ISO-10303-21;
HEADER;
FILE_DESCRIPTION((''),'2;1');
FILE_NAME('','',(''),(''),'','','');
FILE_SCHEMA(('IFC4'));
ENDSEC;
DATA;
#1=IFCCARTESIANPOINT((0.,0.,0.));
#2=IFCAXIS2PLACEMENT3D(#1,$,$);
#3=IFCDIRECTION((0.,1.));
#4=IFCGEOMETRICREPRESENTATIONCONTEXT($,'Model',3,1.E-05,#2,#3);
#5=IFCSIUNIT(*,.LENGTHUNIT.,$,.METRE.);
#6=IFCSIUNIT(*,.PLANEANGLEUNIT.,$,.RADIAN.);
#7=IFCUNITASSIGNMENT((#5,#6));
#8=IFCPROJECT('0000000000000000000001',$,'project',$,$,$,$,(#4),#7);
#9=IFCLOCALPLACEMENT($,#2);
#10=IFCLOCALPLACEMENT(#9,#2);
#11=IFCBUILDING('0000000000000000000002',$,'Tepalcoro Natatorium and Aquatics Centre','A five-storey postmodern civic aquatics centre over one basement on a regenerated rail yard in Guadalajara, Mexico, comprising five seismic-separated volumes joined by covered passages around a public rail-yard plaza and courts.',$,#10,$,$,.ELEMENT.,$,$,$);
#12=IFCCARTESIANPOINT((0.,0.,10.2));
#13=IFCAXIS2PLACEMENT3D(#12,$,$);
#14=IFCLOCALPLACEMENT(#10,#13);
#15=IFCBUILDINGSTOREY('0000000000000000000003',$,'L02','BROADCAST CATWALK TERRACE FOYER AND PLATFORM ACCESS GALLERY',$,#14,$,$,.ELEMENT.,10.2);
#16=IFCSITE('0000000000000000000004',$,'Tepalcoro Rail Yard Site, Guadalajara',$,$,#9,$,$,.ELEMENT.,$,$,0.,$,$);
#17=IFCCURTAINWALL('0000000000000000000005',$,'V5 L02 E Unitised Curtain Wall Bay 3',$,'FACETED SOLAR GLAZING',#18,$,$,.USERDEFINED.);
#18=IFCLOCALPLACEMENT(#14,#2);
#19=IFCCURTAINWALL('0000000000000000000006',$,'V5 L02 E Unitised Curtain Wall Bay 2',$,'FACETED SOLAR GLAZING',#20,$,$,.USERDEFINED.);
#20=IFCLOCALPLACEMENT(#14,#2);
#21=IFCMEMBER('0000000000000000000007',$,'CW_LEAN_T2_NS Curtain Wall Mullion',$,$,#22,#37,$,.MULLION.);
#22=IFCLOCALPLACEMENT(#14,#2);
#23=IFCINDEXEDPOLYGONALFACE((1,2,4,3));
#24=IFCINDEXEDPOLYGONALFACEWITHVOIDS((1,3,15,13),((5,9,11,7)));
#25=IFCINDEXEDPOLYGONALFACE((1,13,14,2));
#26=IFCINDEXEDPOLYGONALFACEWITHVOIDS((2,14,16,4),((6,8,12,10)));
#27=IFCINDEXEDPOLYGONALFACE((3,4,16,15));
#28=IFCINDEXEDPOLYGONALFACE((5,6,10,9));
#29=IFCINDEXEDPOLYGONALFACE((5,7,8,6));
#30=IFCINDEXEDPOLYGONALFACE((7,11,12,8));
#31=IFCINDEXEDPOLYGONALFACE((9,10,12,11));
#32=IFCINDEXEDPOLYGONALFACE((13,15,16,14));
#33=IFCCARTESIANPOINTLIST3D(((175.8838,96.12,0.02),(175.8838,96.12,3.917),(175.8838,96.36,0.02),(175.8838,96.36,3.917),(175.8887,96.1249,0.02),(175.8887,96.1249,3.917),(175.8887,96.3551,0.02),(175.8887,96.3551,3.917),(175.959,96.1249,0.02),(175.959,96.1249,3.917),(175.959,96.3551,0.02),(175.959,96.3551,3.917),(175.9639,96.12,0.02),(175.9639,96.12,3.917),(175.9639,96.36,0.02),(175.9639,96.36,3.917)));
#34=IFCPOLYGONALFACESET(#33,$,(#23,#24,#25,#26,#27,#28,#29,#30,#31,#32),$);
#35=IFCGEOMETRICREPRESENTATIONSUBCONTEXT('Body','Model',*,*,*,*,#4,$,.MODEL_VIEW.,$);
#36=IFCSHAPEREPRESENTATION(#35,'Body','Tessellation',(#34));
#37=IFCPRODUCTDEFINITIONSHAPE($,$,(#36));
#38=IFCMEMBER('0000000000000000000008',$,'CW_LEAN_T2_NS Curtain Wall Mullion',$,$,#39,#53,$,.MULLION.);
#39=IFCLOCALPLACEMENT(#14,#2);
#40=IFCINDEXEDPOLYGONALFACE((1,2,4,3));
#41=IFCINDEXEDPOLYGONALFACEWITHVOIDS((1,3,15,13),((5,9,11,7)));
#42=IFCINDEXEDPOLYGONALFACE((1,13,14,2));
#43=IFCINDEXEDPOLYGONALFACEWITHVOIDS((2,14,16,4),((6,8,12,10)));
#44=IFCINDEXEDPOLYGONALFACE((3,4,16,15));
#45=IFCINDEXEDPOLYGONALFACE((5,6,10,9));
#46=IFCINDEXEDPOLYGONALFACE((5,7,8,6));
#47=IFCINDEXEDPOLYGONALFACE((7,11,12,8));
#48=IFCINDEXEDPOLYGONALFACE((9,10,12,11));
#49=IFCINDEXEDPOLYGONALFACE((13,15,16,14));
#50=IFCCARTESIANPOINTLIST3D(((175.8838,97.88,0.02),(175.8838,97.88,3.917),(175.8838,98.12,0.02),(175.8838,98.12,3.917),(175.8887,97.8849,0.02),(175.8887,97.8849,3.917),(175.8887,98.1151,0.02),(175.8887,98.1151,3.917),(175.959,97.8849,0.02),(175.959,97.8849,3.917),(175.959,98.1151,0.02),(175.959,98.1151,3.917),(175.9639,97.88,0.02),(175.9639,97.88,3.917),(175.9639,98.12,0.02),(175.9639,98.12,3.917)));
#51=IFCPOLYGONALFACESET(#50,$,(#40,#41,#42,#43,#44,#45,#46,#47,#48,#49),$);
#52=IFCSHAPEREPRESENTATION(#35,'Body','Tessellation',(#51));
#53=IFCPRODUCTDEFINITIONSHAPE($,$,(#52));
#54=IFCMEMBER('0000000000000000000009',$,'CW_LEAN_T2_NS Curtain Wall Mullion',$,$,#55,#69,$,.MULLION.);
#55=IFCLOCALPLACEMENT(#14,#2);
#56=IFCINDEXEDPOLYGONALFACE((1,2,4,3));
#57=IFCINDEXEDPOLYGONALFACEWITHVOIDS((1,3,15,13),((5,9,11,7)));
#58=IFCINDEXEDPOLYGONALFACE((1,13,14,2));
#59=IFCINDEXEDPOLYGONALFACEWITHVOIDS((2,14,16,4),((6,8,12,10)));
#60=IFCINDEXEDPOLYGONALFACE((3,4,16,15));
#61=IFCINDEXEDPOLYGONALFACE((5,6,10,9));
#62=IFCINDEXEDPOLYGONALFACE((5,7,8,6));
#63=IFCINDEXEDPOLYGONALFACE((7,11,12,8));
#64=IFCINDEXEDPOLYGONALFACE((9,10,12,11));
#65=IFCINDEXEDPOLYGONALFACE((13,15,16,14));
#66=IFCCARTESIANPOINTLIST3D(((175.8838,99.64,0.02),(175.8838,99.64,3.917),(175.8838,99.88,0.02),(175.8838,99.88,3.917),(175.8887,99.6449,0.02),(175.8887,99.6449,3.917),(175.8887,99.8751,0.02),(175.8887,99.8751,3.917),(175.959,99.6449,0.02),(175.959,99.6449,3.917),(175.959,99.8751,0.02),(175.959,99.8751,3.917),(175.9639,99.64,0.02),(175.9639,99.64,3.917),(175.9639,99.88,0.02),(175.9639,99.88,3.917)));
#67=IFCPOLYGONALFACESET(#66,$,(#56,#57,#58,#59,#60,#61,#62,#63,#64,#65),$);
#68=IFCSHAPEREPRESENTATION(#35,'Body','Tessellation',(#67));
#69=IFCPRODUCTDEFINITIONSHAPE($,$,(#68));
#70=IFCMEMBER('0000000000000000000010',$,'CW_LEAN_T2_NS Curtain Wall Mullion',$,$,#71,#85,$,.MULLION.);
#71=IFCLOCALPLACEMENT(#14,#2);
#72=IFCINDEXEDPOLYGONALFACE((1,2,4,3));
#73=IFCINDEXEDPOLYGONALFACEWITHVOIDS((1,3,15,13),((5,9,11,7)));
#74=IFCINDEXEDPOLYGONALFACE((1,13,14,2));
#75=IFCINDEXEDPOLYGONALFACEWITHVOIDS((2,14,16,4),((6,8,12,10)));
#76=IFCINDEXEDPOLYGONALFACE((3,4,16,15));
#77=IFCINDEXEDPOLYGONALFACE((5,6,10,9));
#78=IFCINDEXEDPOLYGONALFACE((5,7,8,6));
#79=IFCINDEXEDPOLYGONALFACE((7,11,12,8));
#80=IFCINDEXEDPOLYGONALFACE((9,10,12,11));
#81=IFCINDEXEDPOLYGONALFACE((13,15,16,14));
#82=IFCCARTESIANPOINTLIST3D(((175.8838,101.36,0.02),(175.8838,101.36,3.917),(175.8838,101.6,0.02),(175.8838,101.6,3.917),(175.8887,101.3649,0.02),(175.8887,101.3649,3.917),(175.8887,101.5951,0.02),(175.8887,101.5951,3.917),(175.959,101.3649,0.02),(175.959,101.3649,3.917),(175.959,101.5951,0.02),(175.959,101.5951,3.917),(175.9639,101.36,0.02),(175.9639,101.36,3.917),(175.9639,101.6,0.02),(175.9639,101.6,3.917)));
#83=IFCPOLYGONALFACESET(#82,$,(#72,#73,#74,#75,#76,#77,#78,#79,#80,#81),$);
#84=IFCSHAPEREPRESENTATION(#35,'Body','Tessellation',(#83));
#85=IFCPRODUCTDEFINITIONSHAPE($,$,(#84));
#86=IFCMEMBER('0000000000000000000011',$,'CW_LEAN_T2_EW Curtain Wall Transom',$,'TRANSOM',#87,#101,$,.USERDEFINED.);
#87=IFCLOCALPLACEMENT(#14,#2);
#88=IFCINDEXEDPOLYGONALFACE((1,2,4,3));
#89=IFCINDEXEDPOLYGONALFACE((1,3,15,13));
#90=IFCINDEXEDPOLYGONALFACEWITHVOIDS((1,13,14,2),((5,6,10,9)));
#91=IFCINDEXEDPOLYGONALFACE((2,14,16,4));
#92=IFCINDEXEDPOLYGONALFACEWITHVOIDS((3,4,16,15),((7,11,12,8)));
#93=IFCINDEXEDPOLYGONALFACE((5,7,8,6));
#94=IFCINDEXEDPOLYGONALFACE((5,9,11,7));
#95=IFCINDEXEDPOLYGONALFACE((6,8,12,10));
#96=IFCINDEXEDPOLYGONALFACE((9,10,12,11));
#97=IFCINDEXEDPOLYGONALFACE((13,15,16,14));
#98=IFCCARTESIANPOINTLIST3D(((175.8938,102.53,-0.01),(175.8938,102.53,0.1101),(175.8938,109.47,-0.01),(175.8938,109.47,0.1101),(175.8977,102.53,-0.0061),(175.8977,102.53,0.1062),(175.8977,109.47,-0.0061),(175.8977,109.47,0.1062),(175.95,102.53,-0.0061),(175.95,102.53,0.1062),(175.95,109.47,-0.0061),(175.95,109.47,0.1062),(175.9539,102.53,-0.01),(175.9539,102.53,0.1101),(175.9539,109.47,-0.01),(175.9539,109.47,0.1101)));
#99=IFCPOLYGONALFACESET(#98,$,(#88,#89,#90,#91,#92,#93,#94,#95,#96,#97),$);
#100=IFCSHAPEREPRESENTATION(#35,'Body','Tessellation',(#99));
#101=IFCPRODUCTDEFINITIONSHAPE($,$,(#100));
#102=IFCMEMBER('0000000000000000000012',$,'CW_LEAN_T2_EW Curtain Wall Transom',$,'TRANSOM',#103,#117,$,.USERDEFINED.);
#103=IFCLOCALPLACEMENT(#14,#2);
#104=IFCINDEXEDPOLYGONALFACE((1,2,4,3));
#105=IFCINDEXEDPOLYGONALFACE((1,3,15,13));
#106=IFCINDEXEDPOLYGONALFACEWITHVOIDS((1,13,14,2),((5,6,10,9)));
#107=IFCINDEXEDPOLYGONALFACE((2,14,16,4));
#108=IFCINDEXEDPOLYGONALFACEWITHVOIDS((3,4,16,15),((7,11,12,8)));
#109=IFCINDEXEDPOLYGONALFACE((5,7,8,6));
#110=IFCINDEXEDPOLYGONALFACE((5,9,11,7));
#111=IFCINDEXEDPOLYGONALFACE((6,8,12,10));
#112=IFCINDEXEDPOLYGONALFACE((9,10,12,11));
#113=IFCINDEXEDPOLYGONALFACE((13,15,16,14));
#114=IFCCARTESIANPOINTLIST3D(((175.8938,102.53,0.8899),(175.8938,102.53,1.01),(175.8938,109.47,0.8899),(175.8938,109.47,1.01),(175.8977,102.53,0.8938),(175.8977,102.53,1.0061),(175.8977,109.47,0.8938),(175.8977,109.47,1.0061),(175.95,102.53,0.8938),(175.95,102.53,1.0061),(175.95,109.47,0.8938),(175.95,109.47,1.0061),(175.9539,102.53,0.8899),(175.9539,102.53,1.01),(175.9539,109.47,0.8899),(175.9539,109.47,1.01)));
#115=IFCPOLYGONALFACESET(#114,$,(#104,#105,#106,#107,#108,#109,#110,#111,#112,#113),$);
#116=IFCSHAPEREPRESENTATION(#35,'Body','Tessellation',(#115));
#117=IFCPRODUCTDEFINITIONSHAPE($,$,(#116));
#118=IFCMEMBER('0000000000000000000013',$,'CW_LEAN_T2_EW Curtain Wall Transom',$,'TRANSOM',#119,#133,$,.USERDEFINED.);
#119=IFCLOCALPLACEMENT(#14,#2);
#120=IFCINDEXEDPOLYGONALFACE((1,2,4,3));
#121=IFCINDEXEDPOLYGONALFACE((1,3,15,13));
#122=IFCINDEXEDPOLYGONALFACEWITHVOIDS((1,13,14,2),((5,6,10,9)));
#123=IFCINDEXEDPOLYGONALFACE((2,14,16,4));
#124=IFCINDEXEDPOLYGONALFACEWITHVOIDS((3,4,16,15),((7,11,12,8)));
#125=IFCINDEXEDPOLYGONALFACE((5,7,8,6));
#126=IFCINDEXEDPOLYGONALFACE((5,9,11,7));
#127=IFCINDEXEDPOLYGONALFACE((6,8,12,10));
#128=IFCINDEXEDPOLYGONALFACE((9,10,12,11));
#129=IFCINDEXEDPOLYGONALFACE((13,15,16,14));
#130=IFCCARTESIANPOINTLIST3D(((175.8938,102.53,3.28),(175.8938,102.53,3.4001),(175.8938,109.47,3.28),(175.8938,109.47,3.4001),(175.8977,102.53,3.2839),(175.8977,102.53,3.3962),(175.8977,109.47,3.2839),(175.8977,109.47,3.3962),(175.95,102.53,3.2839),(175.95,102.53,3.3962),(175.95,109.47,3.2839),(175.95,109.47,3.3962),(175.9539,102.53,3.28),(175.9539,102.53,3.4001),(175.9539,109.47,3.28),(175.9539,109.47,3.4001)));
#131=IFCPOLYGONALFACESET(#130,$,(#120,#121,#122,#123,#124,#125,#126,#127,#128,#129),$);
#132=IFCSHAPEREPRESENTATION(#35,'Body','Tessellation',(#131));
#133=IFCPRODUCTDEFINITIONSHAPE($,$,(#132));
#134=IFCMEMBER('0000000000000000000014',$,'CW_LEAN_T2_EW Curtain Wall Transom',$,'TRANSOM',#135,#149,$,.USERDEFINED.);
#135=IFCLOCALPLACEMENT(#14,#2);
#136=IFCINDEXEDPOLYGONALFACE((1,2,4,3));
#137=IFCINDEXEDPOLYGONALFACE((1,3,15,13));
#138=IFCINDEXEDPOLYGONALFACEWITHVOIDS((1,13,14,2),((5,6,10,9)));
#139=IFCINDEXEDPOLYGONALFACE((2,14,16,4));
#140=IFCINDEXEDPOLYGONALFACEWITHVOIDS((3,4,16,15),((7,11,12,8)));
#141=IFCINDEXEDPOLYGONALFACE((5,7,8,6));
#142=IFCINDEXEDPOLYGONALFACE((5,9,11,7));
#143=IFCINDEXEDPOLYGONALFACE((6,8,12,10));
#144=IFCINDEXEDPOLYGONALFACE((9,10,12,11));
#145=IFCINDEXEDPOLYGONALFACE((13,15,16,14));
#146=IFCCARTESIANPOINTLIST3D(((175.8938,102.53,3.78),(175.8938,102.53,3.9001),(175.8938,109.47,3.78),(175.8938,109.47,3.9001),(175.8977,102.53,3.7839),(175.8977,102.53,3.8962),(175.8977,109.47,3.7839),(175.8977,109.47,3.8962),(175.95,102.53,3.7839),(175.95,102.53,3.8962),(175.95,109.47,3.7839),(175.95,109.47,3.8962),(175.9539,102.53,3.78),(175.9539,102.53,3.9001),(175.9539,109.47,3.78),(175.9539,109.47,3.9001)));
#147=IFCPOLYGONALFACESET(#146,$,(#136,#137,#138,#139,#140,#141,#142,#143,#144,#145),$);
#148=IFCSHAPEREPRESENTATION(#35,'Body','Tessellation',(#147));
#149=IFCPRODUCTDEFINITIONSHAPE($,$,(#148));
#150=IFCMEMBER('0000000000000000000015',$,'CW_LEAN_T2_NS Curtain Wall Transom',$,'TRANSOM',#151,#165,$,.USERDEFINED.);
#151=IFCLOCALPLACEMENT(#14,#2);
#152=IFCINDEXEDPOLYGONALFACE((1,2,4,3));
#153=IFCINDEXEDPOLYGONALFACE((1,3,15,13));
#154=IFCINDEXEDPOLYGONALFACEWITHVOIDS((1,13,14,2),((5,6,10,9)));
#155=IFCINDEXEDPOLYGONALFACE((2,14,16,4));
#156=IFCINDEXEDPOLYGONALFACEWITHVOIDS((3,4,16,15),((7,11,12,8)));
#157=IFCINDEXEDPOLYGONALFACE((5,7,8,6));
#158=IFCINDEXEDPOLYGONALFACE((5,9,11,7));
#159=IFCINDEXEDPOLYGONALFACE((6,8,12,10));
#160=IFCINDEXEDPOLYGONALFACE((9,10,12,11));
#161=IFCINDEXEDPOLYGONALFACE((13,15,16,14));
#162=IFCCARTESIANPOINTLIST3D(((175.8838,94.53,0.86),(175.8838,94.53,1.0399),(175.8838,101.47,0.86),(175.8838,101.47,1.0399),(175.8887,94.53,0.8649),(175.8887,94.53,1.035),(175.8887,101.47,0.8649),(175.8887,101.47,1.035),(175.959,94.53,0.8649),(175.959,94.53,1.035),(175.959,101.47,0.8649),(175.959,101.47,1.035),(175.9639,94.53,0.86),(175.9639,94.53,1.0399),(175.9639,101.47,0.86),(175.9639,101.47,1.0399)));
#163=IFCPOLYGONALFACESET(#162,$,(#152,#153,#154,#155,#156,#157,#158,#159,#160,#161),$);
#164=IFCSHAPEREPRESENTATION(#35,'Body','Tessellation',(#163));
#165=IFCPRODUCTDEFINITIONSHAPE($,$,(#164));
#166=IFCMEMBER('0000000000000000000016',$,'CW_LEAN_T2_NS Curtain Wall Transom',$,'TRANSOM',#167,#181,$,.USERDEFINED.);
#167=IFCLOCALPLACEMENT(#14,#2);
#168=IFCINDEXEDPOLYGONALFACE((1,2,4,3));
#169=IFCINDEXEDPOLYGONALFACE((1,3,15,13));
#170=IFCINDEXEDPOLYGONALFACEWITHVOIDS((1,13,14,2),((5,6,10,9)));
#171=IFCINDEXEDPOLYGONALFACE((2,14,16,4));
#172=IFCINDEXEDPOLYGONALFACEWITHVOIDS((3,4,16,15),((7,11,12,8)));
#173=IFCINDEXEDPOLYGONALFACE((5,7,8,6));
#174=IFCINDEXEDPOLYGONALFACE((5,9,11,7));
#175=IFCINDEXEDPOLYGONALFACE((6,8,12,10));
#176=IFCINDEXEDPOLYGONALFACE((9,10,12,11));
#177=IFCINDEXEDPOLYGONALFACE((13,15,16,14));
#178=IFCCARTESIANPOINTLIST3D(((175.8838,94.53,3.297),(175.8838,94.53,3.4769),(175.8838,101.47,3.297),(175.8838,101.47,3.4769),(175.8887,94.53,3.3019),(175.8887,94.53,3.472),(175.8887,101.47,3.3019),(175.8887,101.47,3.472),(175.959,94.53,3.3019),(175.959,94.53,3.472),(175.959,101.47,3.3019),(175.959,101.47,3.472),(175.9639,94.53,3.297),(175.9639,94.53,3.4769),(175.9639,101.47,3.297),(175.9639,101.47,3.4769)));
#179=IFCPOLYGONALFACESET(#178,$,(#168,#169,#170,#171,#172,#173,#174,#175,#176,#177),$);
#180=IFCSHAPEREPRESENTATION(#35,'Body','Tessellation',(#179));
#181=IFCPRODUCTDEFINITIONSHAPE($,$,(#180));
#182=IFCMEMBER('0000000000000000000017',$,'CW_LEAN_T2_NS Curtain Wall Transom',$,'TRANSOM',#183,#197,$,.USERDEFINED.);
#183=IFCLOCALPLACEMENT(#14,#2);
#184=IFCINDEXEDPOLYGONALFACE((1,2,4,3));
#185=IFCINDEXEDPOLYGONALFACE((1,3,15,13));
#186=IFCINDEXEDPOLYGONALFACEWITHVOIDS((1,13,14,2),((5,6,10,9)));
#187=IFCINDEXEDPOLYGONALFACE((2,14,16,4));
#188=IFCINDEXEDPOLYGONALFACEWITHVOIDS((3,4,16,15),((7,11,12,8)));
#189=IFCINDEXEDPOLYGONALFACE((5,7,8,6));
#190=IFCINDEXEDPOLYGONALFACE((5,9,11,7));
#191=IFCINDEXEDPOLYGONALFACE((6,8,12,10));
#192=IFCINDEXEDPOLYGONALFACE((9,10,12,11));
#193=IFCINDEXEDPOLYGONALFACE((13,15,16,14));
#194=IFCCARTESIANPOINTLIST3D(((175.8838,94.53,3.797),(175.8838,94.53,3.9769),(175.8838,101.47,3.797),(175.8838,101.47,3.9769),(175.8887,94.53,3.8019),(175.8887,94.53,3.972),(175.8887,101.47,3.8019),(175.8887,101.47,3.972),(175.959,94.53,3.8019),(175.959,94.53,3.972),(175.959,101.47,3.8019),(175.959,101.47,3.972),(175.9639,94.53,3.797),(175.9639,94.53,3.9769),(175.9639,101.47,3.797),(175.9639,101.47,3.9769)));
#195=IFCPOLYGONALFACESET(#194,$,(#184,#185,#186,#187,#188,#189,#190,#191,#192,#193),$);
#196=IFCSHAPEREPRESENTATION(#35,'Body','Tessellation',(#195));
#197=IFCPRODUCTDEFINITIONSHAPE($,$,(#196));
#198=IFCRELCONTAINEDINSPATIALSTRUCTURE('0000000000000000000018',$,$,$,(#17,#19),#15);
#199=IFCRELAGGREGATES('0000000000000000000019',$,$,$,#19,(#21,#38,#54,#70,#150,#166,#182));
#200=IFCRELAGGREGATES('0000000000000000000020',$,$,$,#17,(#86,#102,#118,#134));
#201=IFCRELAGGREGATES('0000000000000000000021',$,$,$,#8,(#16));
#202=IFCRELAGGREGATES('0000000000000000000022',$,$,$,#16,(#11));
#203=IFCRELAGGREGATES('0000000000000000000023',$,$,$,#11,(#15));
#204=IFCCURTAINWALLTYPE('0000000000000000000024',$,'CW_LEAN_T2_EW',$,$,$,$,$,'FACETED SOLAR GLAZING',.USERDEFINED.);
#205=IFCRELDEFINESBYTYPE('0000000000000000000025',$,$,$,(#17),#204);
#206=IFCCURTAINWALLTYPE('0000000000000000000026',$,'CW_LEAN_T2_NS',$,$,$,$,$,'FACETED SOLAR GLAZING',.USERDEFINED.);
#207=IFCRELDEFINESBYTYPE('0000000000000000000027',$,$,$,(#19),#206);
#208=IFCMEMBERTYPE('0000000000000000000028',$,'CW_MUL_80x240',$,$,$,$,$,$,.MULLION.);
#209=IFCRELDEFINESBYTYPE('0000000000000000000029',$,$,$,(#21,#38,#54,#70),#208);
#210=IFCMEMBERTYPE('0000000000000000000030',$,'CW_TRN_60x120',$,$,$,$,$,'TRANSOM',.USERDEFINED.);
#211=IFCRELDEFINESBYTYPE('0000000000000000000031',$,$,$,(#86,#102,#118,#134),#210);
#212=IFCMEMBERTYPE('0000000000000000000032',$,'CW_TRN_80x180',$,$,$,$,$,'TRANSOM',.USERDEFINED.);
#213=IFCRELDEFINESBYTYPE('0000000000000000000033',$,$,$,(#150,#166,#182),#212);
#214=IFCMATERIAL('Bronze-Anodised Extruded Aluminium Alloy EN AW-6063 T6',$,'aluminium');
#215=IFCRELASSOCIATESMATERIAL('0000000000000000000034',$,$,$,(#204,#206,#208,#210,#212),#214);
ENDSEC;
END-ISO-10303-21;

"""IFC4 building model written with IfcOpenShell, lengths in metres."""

from ifc_helpers import new_model, si_unit, direction, frame, origin, origin_2d, place, context, subcontext, project, spatial, hollow_rectangle, extrude, material, material_profile, profile_set, type_object, element, aggregate, save


model = new_model("IFC4")

# Units and contexts
model_context = context("Model", 3, precision=1e-05, world=origin(), true_north=direction((0.0, 1.0)))
body_context = subcontext(model_context, "Body", "Model", "MODEL_VIEW")
ifc_project = project(units=[si_unit("LENGTHUNIT", "METRE"), si_unit("PLANEANGLEUNIT", "RADIAN")], contexts=[model_context])

# Site, building, storey
site_placement = place(None, origin())
site = spatial("IfcSite", under=ifc_project, at=site_placement, Name="Tepalcoro Rail Yard Site, Guadalajara", CompositionType="ELEMENT", RefElevation=0.0)
building_placement = place(site_placement, origin())
building = spatial("IfcBuilding", under=site, at=building_placement, Name="Tepalcoro Natatorium and Aquatics Centre", Description="A five-storey postmodern civic aquatics centre over one basement on a regenerated rail yard in Guadalajara, Mexico, comprising five seismic-separated volumes joined by covered passages around a public rail-yard plaza and courts.", CompositionType="ELEMENT")
storey_placement = place(building_placement, frame((0.0, 0.0, 10.2)))
storey = spatial("IfcBuildingStorey", under=building, at=storey_placement, Name="L02", Description="BROADCAST CATWALK TERRACE FOYER AND PLATFORM ACCESS GALLERY", CompositionType="ELEMENT", Elevation=10.2)

# Curtain walls, members
ifc_material_1 = material(Name="Bronze-Anodised Extruded Aluminium Alloy EN AW-6063 T6", Category="aluminium")
curtain_wall_type_1 = type_object("IfcCurtainWallType", Name="CW_LEAN_T2_EW", ElementType="FACETED SOLAR GLAZING", PredefinedType="USERDEFINED", material=ifc_material_1)
curtain_wall_1_placement = place(storey_placement, origin())
curtain_wall_1 = element("IfcCurtainWall", 1, at=curtain_wall_1_placement, inside=storey, type_object=curtain_wall_type_1, Name="V5 L02 E Unitised Curtain Wall Bay 3", ObjectType="FACETED SOLAR GLAZING", PredefinedType="USERDEFINED")
curtain_wall_type_2 = type_object("IfcCurtainWallType", Name="CW_LEAN_T2_NS", ElementType="FACETED SOLAR GLAZING", PredefinedType="USERDEFINED", material=ifc_material_1)
curtain_wall_2_placement = place(storey_placement, origin())
curtain_wall_2 = element("IfcCurtainWall", 2, at=curtain_wall_2_placement, inside=storey, type_object=curtain_wall_type_2, Name="V5 L02 E Unitised Curtain Wall Bay 2", ObjectType="FACETED SOLAR GLAZING", PredefinedType="USERDEFINED")
ifc_material_profile_1 = material_profile(ifc_material_1, hollow_rectangle(XDim=0.0801, YDim=0.24, WallThickness=0.0049, at=origin_2d()), Name="AL80X240X5")
ifc_profile_set_1 = profile_set([ifc_material_profile_1], Name="Bronze-Anodised Extruded Aluminium Alloy EN AW-6063 T6")
member_type_1 = type_object("IfcMemberType", Name="CW_MUL_80x240", PredefinedType="MULLION", material=ifc_profile_set_1)
member_1_placement = place(storey_placement, frame((175.9238, 96.24, 0.02), z_axis=(0.0, 0.0, 1.0), x_axis=(1.0, 0.0, 0.0)))
member_1 = element("IfcMember", 3, at=member_1_placement, type_object=member_type_1, Name="CW_LEAN_T2_NS Curtain Wall Mullion", PredefinedType="MULLION", context=body_context, shape_type="SweptSolid", body=[
    extrude(hollow_rectangle(XDim=0.0801, YDim=0.24, WallThickness=0.0049, at=origin_2d()), origin(), (0.0, 0.0, 1.0), 3.897),
])
member_2_placement = place(storey_placement, frame((175.9238, 98.0, 0.02), z_axis=(0.0, 0.0, 1.0), x_axis=(1.0, 0.0, 0.0)))
member_2 = element("IfcMember", 4, at=member_2_placement, type_object=member_type_1, Name="CW_LEAN_T2_NS Curtain Wall Mullion", PredefinedType="MULLION", context=body_context, shape_type="SweptSolid", body=[
    extrude(hollow_rectangle(XDim=0.0801, YDim=0.24, WallThickness=0.0049, at=origin_2d()), origin(), (0.0, 0.0, 1.0), 3.897),
])
member_3_placement = place(storey_placement, frame((175.9238, 99.76, 0.02), z_axis=(0.0, 0.0, 1.0), x_axis=(1.0, 0.0, 0.0)))
member_3 = element("IfcMember", 5, at=member_3_placement, type_object=member_type_1, Name="CW_LEAN_T2_NS Curtain Wall Mullion", PredefinedType="MULLION", context=body_context, shape_type="SweptSolid", body=[
    extrude(hollow_rectangle(XDim=0.0801, YDim=0.24, WallThickness=0.0049, at=origin_2d()), origin(), (0.0, 0.0, 1.0), 3.897),
])
member_4_placement = place(storey_placement, frame((175.9238, 101.48, 0.02), z_axis=(0.0, 0.0, 1.0), x_axis=(1.0, 0.0, 0.0)))
member_4 = element("IfcMember", 6, at=member_4_placement, type_object=member_type_1, Name="CW_LEAN_T2_NS Curtain Wall Mullion", PredefinedType="MULLION", context=body_context, shape_type="SweptSolid", body=[
    extrude(hollow_rectangle(XDim=0.0801, YDim=0.24, WallThickness=0.0049, at=origin_2d()), origin(), (0.0, 0.0, 1.0), 3.897),
])

# Members
ifc_material_profile_2 = material_profile(ifc_material_1, hollow_rectangle(XDim=0.0601, YDim=0.1201, WallThickness=0.0039, at=origin_2d()), Name="AL60X120X4")
ifc_profile_set_2 = profile_set([ifc_material_profile_2], Name="Bronze-Anodised Extruded Aluminium Alloy EN AW-6063 T6")
member_type_2 = type_object("IfcMemberType", Name="CW_TRN_60x120", ElementType="TRANSOM", PredefinedType="USERDEFINED", material=ifc_profile_set_2)
member_5_placement = place(storey_placement, frame((175.9238, 102.53, 0.05), z_axis=(0.0, 1.0, 0.0), x_axis=(-1.0, 0.0, 0.0)))
member_5 = element("IfcMember", 7, at=member_5_placement, type_object=member_type_2, Name="CW_LEAN_T2_EW Curtain Wall Transom", ObjectType="TRANSOM", PredefinedType="USERDEFINED", context=body_context, shape_type="SweptSolid", body=[
    extrude(hollow_rectangle(XDim=0.0601, YDim=0.1201, WallThickness=0.0039, at=origin_2d()), origin(), (0.0, 0.0, 1.0), 6.9399),
])
member_6_placement = place(storey_placement, frame((175.9238, 102.53, 0.95), z_axis=(0.0, 1.0, 0.0), x_axis=(-1.0, 0.0, 0.0)))
member_6 = element("IfcMember", 8, at=member_6_placement, type_object=member_type_2, Name="CW_LEAN_T2_EW Curtain Wall Transom", ObjectType="TRANSOM", PredefinedType="USERDEFINED", context=body_context, shape_type="SweptSolid", body=[
    extrude(hollow_rectangle(XDim=0.0601, YDim=0.1201, WallThickness=0.0039, at=origin_2d()), origin(), (0.0, 0.0, 1.0), 6.9399),
])
member_7_placement = place(storey_placement, frame((175.9238, 102.53, 3.3401), z_axis=(0.0, 1.0, 0.0), x_axis=(-1.0, 0.0, 0.0)))
member_7 = element("IfcMember", 9, at=member_7_placement, type_object=member_type_2, Name="CW_LEAN_T2_EW Curtain Wall Transom", ObjectType="TRANSOM", PredefinedType="USERDEFINED", context=body_context, shape_type="SweptSolid", body=[
    extrude(hollow_rectangle(XDim=0.0601, YDim=0.1201, WallThickness=0.0039, at=origin_2d()), origin(), (0.0, 0.0, 1.0), 6.9399),
])
member_8_placement = place(storey_placement, frame((175.9238, 102.53, 3.8401), z_axis=(0.0, 1.0, 0.0), x_axis=(-1.0, 0.0, 0.0)))
member_8 = element("IfcMember", 10, at=member_8_placement, type_object=member_type_2, Name="CW_LEAN_T2_EW Curtain Wall Transom", ObjectType="TRANSOM", PredefinedType="USERDEFINED", context=body_context, shape_type="SweptSolid", body=[
    extrude(hollow_rectangle(XDim=0.0601, YDim=0.1201, WallThickness=0.0039, at=origin_2d()), origin(), (0.0, 0.0, 1.0), 6.9399),
])
ifc_material_profile_3 = material_profile(ifc_material_1, hollow_rectangle(XDim=0.0801, YDim=0.1799, WallThickness=0.0049, at=origin_2d()), Name="AL80X180X5")
ifc_profile_set_3 = profile_set([ifc_material_profile_3], Name="Bronze-Anodised Extruded Aluminium Alloy EN AW-6063 T6")
member_type_3 = type_object("IfcMemberType", Name="CW_TRN_80x180", ElementType="TRANSOM", PredefinedType="USERDEFINED", material=ifc_profile_set_3)
member_9_placement = place(storey_placement, frame((175.9238, 94.53, 0.95), z_axis=(0.0, 1.0, 0.0), x_axis=(-1.0, 0.0, 0.0)))
member_9 = element("IfcMember", 11, at=member_9_placement, type_object=member_type_3, Name="CW_LEAN_T2_NS Curtain Wall Transom", ObjectType="TRANSOM", PredefinedType="USERDEFINED", context=body_context, shape_type="SweptSolid", body=[
    extrude(hollow_rectangle(XDim=0.0801, YDim=0.1799, WallThickness=0.0049, at=origin_2d()), origin(), (0.0, 0.0, 1.0), 6.9399),
])
member_10_placement = place(storey_placement, frame((175.9238, 94.53, 3.387), z_axis=(0.0, 1.0, 0.0), x_axis=(-1.0, 0.0, 0.0)))
member_10 = element("IfcMember", 12, at=member_10_placement, type_object=member_type_3, Name="CW_LEAN_T2_NS Curtain Wall Transom", ObjectType="TRANSOM", PredefinedType="USERDEFINED", context=body_context, shape_type="SweptSolid", body=[
    extrude(hollow_rectangle(XDim=0.0801, YDim=0.1799, WallThickness=0.0049, at=origin_2d()), origin(), (0.0, 0.0, 1.0), 6.9399),
])
member_11_placement = place(storey_placement, frame((175.9238, 94.53, 3.887), z_axis=(0.0, 1.0, 0.0), x_axis=(-1.0, 0.0, 0.0)))
member_11 = element("IfcMember", 13, at=member_11_placement, type_object=member_type_3, Name="CW_LEAN_T2_NS Curtain Wall Transom", ObjectType="TRANSOM", PredefinedType="USERDEFINED", context=body_context, shape_type="SweptSolid", body=[
    extrude(hollow_rectangle(XDim=0.0801, YDim=0.1799, WallThickness=0.0049, at=origin_2d()), origin(), (0.0, 0.0, 1.0), 6.9399),
])

aggregate(curtain_wall_2, [member_1, member_2, member_3, member_4, member_9, member_10, member_11])
aggregate(curtain_wall_1, [member_5, member_6, member_7, member_8])

save(model, "model.ifc")
